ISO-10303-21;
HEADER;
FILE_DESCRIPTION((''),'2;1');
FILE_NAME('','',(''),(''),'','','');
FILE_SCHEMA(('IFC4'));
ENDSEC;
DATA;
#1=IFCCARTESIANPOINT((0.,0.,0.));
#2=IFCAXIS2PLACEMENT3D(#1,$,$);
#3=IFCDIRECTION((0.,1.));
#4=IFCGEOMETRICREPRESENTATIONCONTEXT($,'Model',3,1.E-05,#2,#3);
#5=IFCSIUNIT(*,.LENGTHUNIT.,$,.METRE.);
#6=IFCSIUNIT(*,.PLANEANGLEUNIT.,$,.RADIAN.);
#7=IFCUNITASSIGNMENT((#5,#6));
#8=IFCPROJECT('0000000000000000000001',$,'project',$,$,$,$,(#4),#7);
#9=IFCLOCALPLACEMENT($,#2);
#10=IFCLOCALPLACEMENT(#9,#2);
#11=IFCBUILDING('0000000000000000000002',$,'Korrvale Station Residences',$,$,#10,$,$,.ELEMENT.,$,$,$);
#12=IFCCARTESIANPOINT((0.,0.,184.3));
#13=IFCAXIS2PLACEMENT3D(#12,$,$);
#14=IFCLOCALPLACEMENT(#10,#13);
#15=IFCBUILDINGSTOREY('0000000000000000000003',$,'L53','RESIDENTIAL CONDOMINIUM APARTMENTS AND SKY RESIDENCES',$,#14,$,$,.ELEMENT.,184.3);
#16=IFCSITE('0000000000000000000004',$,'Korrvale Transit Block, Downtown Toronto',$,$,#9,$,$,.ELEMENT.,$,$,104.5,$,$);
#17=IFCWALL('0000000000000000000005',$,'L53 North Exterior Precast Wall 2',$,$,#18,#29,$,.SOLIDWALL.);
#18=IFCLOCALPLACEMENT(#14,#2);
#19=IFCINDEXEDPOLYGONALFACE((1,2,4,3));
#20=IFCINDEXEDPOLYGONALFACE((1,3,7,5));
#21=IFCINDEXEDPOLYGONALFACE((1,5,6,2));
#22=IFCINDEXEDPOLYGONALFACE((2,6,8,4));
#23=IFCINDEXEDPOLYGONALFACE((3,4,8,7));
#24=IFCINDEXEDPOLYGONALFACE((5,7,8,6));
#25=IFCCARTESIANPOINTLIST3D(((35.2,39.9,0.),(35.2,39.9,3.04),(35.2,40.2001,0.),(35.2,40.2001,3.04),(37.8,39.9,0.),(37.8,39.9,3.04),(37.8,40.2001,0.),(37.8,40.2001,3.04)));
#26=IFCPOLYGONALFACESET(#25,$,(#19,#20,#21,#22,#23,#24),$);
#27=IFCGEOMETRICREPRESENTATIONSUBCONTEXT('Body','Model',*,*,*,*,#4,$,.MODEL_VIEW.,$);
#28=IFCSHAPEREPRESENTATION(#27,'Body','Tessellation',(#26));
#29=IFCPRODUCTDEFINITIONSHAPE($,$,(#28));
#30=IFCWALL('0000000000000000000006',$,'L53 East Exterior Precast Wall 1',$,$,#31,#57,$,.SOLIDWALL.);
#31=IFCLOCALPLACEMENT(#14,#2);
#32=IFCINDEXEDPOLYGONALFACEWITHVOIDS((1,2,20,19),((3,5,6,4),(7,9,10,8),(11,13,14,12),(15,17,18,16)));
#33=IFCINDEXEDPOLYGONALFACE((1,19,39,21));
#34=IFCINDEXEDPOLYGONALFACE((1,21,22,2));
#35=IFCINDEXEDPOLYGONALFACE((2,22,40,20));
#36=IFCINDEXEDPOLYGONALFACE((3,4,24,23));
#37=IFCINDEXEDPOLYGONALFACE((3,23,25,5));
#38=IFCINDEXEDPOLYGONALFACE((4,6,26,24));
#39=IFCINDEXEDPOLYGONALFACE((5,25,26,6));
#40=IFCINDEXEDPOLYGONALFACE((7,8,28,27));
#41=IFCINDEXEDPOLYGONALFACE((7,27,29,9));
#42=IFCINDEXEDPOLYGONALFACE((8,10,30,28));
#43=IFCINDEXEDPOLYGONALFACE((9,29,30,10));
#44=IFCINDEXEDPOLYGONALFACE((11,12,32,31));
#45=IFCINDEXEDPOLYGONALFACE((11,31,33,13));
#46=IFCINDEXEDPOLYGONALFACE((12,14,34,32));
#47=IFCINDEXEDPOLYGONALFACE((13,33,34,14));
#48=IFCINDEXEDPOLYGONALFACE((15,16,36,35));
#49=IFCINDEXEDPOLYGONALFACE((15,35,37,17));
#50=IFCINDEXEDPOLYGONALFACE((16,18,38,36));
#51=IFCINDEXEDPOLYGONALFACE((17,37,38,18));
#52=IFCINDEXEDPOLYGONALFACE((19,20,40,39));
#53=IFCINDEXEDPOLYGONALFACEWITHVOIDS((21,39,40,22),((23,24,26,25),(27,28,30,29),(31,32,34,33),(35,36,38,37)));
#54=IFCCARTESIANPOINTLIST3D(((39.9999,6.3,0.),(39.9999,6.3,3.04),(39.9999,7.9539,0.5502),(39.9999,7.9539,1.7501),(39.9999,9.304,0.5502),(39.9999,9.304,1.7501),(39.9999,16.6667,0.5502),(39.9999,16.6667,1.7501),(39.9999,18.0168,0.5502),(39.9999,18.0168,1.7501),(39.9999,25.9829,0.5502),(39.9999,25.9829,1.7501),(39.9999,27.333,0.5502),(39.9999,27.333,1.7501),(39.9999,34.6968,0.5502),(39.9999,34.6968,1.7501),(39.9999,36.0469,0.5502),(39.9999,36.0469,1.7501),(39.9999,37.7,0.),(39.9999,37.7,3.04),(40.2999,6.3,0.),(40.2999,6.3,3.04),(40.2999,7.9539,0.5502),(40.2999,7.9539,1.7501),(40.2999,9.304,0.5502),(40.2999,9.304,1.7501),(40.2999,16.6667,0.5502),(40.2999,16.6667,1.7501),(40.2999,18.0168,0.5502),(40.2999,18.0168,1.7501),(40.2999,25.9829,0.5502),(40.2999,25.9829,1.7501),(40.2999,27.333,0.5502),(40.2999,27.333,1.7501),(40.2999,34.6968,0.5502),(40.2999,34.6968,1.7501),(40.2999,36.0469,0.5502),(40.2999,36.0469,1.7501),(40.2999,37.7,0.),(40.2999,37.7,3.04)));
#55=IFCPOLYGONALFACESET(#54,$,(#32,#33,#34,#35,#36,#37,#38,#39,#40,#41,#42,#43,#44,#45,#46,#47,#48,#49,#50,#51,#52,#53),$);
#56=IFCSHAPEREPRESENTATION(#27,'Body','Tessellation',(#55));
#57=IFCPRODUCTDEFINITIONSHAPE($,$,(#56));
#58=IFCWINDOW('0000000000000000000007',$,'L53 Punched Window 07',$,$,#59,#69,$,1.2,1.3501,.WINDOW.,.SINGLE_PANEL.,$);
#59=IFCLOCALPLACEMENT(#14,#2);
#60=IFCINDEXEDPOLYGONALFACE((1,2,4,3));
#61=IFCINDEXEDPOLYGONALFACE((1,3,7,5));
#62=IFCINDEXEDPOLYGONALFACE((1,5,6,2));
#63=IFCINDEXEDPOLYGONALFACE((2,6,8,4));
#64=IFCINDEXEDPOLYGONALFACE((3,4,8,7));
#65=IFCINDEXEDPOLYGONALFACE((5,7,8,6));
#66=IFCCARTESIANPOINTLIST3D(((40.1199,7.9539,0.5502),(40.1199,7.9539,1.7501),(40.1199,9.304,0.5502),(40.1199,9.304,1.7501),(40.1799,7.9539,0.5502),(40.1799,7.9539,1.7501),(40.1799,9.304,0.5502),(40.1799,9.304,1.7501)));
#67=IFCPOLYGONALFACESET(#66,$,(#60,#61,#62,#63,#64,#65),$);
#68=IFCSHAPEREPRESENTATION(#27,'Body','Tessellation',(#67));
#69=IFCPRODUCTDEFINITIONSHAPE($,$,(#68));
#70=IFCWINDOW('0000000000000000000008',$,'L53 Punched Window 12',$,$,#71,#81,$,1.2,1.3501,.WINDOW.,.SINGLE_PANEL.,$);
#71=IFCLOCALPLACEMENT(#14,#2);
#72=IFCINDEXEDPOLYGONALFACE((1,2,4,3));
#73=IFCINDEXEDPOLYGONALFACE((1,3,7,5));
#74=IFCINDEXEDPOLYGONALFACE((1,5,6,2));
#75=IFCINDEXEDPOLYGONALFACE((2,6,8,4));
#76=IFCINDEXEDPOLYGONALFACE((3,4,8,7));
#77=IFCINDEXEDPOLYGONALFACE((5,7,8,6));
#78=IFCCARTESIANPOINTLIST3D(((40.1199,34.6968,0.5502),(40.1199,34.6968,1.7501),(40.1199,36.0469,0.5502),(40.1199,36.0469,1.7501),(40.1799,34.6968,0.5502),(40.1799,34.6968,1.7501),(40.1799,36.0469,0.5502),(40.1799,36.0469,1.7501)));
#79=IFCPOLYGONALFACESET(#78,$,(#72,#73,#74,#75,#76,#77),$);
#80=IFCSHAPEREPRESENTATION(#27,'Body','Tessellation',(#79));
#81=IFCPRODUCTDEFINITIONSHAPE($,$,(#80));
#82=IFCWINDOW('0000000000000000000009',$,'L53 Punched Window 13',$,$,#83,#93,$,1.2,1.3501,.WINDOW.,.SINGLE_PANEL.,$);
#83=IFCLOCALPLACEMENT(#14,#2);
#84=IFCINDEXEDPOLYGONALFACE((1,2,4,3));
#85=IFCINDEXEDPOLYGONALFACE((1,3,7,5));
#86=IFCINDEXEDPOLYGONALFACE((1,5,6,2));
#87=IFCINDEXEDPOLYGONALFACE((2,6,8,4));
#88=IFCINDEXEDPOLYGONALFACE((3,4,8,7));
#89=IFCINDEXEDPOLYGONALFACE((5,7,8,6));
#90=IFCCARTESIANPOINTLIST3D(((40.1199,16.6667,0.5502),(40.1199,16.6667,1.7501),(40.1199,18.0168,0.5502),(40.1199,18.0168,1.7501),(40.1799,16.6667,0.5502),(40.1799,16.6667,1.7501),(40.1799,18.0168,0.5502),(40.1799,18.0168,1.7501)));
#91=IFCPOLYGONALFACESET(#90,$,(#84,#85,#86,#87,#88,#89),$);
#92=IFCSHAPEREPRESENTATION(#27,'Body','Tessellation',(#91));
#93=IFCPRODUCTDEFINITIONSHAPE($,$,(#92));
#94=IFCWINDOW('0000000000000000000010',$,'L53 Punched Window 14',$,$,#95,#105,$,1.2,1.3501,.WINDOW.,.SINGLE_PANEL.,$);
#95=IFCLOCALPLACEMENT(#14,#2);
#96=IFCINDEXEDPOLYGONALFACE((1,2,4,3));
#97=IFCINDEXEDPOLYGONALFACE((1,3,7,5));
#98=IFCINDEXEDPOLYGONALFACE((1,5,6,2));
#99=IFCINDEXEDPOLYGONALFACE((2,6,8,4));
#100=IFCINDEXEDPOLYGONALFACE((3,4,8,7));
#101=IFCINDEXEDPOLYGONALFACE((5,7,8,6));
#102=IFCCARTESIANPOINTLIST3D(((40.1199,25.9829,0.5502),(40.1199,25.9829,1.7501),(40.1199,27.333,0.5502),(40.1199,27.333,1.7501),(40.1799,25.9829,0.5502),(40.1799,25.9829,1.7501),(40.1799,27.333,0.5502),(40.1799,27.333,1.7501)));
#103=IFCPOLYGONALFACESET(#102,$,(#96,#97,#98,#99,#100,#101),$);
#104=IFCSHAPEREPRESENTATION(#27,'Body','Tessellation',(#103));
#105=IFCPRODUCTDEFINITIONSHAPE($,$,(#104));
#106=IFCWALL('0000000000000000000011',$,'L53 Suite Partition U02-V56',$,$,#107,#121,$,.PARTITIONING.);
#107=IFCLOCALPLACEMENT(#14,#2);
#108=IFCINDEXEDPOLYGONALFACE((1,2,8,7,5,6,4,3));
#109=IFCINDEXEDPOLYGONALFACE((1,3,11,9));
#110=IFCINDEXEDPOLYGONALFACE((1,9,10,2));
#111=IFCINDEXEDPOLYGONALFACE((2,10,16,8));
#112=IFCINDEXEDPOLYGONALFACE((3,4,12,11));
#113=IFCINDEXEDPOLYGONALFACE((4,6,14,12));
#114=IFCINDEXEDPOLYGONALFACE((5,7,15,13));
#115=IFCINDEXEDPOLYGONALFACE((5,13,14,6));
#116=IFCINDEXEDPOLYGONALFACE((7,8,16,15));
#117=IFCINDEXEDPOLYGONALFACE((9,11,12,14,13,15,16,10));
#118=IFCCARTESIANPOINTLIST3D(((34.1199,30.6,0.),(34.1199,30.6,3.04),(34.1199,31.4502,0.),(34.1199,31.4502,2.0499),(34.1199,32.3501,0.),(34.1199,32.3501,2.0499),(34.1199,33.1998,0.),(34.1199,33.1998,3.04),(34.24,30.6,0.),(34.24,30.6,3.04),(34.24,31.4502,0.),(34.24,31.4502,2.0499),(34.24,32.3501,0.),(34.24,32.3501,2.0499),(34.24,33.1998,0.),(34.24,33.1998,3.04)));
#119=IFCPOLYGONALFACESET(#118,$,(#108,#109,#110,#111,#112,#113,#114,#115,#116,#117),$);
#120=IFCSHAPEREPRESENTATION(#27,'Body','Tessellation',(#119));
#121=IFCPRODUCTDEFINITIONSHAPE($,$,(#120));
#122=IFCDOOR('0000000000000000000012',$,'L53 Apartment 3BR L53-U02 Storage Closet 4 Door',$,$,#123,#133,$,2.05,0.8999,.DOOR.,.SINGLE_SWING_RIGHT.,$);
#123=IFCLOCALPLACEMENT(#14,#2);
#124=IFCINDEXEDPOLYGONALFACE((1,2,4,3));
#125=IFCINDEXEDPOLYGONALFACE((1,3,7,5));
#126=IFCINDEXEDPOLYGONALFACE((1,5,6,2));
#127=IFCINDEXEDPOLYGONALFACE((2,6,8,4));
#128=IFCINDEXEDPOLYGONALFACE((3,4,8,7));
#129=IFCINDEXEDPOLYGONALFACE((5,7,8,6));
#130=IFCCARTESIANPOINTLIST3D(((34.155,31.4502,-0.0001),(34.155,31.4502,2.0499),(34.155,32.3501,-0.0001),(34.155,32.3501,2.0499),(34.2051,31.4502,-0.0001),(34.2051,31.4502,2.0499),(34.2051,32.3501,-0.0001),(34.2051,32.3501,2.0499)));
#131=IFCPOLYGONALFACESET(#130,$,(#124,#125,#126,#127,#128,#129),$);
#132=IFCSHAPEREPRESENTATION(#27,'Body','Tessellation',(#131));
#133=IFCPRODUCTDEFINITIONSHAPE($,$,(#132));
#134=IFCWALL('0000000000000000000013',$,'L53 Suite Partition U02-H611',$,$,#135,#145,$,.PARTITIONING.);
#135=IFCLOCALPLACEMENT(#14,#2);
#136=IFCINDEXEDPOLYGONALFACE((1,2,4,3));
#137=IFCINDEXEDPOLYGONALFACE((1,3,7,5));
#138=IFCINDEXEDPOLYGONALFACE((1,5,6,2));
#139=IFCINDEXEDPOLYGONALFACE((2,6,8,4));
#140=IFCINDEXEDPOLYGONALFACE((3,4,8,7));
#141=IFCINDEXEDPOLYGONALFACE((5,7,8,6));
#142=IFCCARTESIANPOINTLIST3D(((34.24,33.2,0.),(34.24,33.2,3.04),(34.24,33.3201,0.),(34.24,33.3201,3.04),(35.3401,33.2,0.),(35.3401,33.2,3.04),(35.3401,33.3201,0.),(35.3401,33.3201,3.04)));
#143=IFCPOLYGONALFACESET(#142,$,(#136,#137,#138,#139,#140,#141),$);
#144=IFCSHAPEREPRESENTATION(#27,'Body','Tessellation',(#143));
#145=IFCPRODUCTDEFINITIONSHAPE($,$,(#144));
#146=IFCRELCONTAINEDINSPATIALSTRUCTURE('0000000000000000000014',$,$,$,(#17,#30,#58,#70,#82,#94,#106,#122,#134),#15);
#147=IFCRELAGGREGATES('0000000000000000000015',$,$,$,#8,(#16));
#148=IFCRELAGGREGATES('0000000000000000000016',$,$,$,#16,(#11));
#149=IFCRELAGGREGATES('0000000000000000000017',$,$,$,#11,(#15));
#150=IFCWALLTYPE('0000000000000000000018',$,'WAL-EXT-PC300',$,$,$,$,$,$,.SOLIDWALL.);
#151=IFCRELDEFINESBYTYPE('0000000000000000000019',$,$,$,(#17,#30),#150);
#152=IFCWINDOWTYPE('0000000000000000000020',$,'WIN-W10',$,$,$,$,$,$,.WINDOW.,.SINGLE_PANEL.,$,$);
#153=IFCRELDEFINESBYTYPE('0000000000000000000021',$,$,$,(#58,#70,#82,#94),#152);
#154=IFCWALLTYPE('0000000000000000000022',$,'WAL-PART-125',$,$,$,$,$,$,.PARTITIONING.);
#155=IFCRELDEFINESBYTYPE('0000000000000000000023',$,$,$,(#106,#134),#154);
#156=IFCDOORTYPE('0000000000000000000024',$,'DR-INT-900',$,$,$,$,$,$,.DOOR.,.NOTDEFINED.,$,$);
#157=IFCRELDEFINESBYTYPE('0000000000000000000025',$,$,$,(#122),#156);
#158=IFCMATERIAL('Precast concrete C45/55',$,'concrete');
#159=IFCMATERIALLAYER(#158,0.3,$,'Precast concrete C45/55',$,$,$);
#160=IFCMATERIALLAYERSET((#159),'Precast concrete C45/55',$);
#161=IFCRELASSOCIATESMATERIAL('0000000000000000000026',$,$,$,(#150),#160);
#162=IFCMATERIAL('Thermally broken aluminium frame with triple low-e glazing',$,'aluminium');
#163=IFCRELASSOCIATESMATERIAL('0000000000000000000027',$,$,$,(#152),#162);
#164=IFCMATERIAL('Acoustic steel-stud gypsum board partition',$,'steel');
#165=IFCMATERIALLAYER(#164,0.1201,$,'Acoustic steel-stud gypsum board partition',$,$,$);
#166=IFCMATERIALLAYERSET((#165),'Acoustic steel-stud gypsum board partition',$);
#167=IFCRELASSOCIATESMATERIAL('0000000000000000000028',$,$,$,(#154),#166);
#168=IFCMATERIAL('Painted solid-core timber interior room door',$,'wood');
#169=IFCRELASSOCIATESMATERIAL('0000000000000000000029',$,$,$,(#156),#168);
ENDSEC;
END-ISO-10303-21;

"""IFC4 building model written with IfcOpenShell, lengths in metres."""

from ifc_helpers import new_model, si_unit, direction, frame, frame_2d, origin, place, context, subcontext, project, spatial, rectangle, extrude, material, layer, layer_set, type_object, element, fill, save


model = new_model("IFC4")

# Units and contexts
model_context = context("Model", 3, precision=1e-05, world=origin(), true_north=direction((0.0, 1.0)))
body_context = subcontext(model_context, "Body", "Model", "MODEL_VIEW")
ifc_project = project(units=[si_unit("LENGTHUNIT", "METRE"), si_unit("PLANEANGLEUNIT", "RADIAN")], contexts=[model_context])

# Site, building, storey
site_placement = place(None, origin())
site = spatial("IfcSite", under=ifc_project, at=site_placement, Name="Korrvale Transit Block, Downtown Toronto", CompositionType="ELEMENT", RefElevation=104.5)
building_placement = place(site_placement, origin())
building = spatial("IfcBuilding", under=site, at=building_placement, Name="Korrvale Station Residences", CompositionType="ELEMENT")
storey_placement = place(building_placement, frame((0.0, 0.0, 184.3)))
storey = spatial("IfcBuildingStorey", under=building, at=storey_placement, Name="L53", Description="RESIDENTIAL CONDOMINIUM APARTMENTS AND SKY RESIDENCES", CompositionType="ELEMENT", Elevation=184.3)

# Wall
ifc_material_1 = material(Name="Precast concrete C45/55", Category="concrete")
ifc_layer_1 = layer(ifc_material_1, 0.3, Name="Precast concrete C45/55")
ifc_layer_set_1 = layer_set([ifc_layer_1], Name="Precast concrete C45/55")
wall_type_1 = type_object("IfcWallType", Name="WAL-EXT-PC300", PredefinedType="SOLIDWALL", material=ifc_layer_set_1)
wall_1_placement = place(storey_placement, frame((35.2, 40.05, 0.0), z_axis=(0.0, 0.0, 1.0), x_axis=(1.0, 0.0, 0.0)))
element("IfcWall", 1, at=wall_1_placement, inside=storey, type_object=wall_type_1, Name="L53 North Exterior Precast Wall 2", PredefinedType="SOLIDWALL", context=body_context, shape_type="SweptSolid", body=[
    extrude(rectangle(XDim=2.6001, YDim=0.3, at=frame_2d((1.3, 0.0))), origin(), (0.0, 0.0, 1.0), 3.04),
])

# Wall, openings, windows
wall_2_placement = place(storey_placement, frame((40.1499, 37.7, 0.0), z_axis=(0.0, 0.0, 1.0), x_axis=(0.0, -1.0, 0.0)))
wall_2 = element("IfcWall", 2, at=wall_2_placement, inside=storey, type_object=wall_type_1, Name="L53 East Exterior Precast Wall 1", PredefinedType="SOLIDWALL", context=body_context, shape_type="SweptSolid", body=[
    extrude(rectangle(XDim=31.3999, YDim=0.3, at=frame_2d((15.7, 0.0))), origin(), (0.0, 0.0, 1.0), 3.04),
])
opening_1_placement = place(wall_2_placement, frame((28.396, 0.0, 0.55)))
opening_1 = element("IfcOpeningElement", 3, at=opening_1_placement, cuts=wall_2, PredefinedType="OPENING", context=body_context, shape_type="SweptSolid", body=[
    extrude(rectangle(XDim=1.3501, YDim=1.2, at=frame_2d((0.675, 0.6001))), frame((0.0, 0.1602, 0.0), z_axis=(0.0, -1.0, 0.0), x_axis=(1.0, 0.0, 0.0)), (0.0, 0.0, 1.0), 0.3201),
])
opening_2_placement = place(wall_2_placement, frame((1.6531, 0.0, 0.55)))
opening_2 = element("IfcOpeningElement", 4, at=opening_2_placement, cuts=wall_2, PredefinedType="OPENING", context=body_context, shape_type="SweptSolid", body=[
    extrude(rectangle(XDim=1.3501, YDim=1.2, at=frame_2d((0.675, 0.6001))), frame((0.0, 0.1602, 0.0), z_axis=(0.0, -1.0, 0.0), x_axis=(1.0, 0.0, 0.0)), (0.0, 0.0, 1.0), 0.3201),
])
opening_3_placement = place(wall_2_placement, frame((19.6831, 0.0, 0.55)))
opening_3 = element("IfcOpeningElement", 5, at=opening_3_placement, cuts=wall_2, PredefinedType="OPENING", context=body_context, shape_type="SweptSolid", body=[
    extrude(rectangle(XDim=1.3501, YDim=1.2, at=frame_2d((0.675, 0.6001))), frame((0.0, 0.1602, 0.0), z_axis=(0.0, -1.0, 0.0), x_axis=(1.0, 0.0, 0.0)), (0.0, 0.0, 1.0), 0.3201),
])
opening_4_placement = place(wall_2_placement, frame((10.3669, 0.0, 0.55)))
opening_4 = element("IfcOpeningElement", 6, at=opening_4_placement, cuts=wall_2, PredefinedType="OPENING", context=body_context, shape_type="SweptSolid", body=[
    extrude(rectangle(XDim=1.3501, YDim=1.2, at=frame_2d((0.675, 0.6001))), frame((0.0, 0.1602, 0.0), z_axis=(0.0, -1.0, 0.0), x_axis=(1.0, 0.0, 0.0)), (0.0, 0.0, 1.0), 0.3201),
])
ifc_material_2 = material(Name="Thermally broken aluminium frame with triple low-e glazing", Category="aluminium")
window_type = type_object("IfcWindowType", Name="WIN-W10", PartitioningType="SINGLE_PANEL", PredefinedType="WINDOW", material=ifc_material_2)
window_1_placement = place(opening_1_placement, origin())
window_1 = element("IfcWindow", 7, at=window_1_placement, inside=storey, type_object=window_type, Name="L53 Punched Window 07", OverallHeight=1.2, OverallWidth=1.3501, PartitioningType="SINGLE_PANEL", PredefinedType="WINDOW", context=body_context, shape_type="SweptSolid", body=[
    extrude(rectangle(XDim=1.3501, YDim=1.2, at=frame_2d((0.675, 0.6001))), frame((0.0, 0.03, 0.0), z_axis=(0.0, -1.0, 0.0), x_axis=(1.0, 0.0, 0.0)), (0.0, 0.0, 1.0), 0.0601),
])
fill(opening_1, window_1)
window_2_placement = place(opening_2_placement, origin())
window_2 = element("IfcWindow", 8, at=window_2_placement, inside=storey, type_object=window_type, Name="L53 Punched Window 12", OverallHeight=1.2, OverallWidth=1.3501, PartitioningType="SINGLE_PANEL", PredefinedType="WINDOW", context=body_context, shape_type="SweptSolid", body=[
    extrude(rectangle(XDim=1.3501, YDim=1.2, at=frame_2d((0.675, 0.6001))), frame((0.0, 0.03, 0.0), z_axis=(0.0, -1.0, 0.0), x_axis=(1.0, 0.0, 0.0)), (0.0, 0.0, 1.0), 0.0601),
])
fill(opening_2, window_2)
window_3_placement = place(opening_3_placement, origin())
window_3 = element("IfcWindow", 9, at=window_3_placement, inside=storey, type_object=window_type, Name="L53 Punched Window 13", OverallHeight=1.2, OverallWidth=1.3501, PartitioningType="SINGLE_PANEL", PredefinedType="WINDOW", context=body_context, shape_type="SweptSolid", body=[
    extrude(rectangle(XDim=1.3501, YDim=1.2, at=frame_2d((0.675, 0.6001))), frame((0.0, 0.03, 0.0), z_axis=(0.0, -1.0, 0.0), x_axis=(1.0, 0.0, 0.0)), (0.0, 0.0, 1.0), 0.0601),
])
fill(opening_3, window_3)
window_4_placement = place(opening_4_placement, origin())
window_4 = element("IfcWindow", 10, at=window_4_placement, inside=storey, type_object=window_type, Name="L53 Punched Window 14", OverallHeight=1.2, OverallWidth=1.3501, PartitioningType="SINGLE_PANEL", PredefinedType="WINDOW", context=body_context, shape_type="SweptSolid", body=[
    extrude(rectangle(XDim=1.3501, YDim=1.2, at=frame_2d((0.675, 0.6001))), frame((0.0, 0.03, 0.0), z_axis=(0.0, -1.0, 0.0), x_axis=(1.0, 0.0, 0.0)), (0.0, 0.0, 1.0), 0.0601),
])
fill(opening_4, window_4)

# Wall, opening, door
ifc_material_3 = material(Name="Acoustic steel-stud gypsum board partition", Category="steel")
ifc_layer_2 = layer(ifc_material_3, 0.1201, Name="Acoustic steel-stud gypsum board partition")
ifc_layer_set_2 = layer_set([ifc_layer_2], Name="Acoustic steel-stud gypsum board partition")
wall_type_2 = type_object("IfcWallType", Name="WAL-PART-125", PredefinedType="PARTITIONING", material=ifc_layer_set_2)
wall_3_placement = place(storey_placement, frame((34.1799, 30.6001, 0.0), z_axis=(0.0, 0.0, 1.0), x_axis=(0.0, 1.0, 0.0)))
wall_3 = element("IfcWall", 11, at=wall_3_placement, inside=storey, type_object=wall_type_2, Name="L53 Suite Partition U02-V56", PredefinedType="PARTITIONING", context=body_context, shape_type="SweptSolid", body=[
    extrude(rectangle(XDim=2.5999, YDim=0.1201, at=frame_2d((1.2998, 0.0))), origin(), (0.0, 0.0, 1.0), 3.04),
])
opening_5_placement = place(wall_3_placement, frame((0.8501, 0.0, 0.0)))
opening_5 = element("IfcOpeningElement", 12, at=opening_5_placement, cuts=wall_3, PredefinedType="OPENING", context=body_context, shape_type="SweptSolid", body=[
    extrude(rectangle(XDim=0.8999, YDim=2.05, at=frame_2d((0.45, 1.0249))), frame((0.0, 0.0701, 0.0), z_axis=(0.0, -1.0, 0.0), x_axis=(1.0, 0.0, 0.0)), (0.0, 0.0, 1.0), 0.1401),
])
ifc_material_4 = material(Name="Painted solid-core timber interior room door", Category="wood")
door_type = type_object("IfcDoorType", Name="DR-INT-900", OperationType="NOTDEFINED", PredefinedType="DOOR", material=ifc_material_4)
door_1_placement = place(opening_5_placement, origin())
door_1 = element("IfcDoor", 13, at=door_1_placement, inside=storey, type_object=door_type, Name="L53 Apartment 3BR L53-U02 Storage Closet 4 Door", OperationType="SINGLE_SWING_RIGHT", OverallHeight=2.05, OverallWidth=0.8999, PredefinedType="DOOR", context=body_context, shape_type="SweptSolid", body=[
    extrude(rectangle(XDim=0.8999, YDim=2.05, at=frame_2d((0.45, 1.0249))), frame((0.0, 0.0249, 0.0), z_axis=(0.0, -1.0, 0.0), x_axis=(1.0, 0.0, 0.0)), (0.0, 0.0, 1.0), 0.05),
])
fill(opening_5, door_1)

# Wall
wall_4_placement = place(storey_placement, frame((34.24, 33.26, 0.0), z_axis=(0.0, 0.0, 1.0), x_axis=(1.0, 0.0, 0.0)))
element("IfcWall", 14, at=wall_4_placement, inside=storey, type_object=wall_type_2, Name="L53 Suite Partition U02-H611", PredefinedType="PARTITIONING", context=body_context, shape_type="SweptSolid", body=[
    extrude(rectangle(XDim=1.1001, YDim=0.1201, at=frame_2d((0.55, 0.0))), origin(), (0.0, 0.0, 1.0), 3.04),
])

save(model, "model.ifc")
